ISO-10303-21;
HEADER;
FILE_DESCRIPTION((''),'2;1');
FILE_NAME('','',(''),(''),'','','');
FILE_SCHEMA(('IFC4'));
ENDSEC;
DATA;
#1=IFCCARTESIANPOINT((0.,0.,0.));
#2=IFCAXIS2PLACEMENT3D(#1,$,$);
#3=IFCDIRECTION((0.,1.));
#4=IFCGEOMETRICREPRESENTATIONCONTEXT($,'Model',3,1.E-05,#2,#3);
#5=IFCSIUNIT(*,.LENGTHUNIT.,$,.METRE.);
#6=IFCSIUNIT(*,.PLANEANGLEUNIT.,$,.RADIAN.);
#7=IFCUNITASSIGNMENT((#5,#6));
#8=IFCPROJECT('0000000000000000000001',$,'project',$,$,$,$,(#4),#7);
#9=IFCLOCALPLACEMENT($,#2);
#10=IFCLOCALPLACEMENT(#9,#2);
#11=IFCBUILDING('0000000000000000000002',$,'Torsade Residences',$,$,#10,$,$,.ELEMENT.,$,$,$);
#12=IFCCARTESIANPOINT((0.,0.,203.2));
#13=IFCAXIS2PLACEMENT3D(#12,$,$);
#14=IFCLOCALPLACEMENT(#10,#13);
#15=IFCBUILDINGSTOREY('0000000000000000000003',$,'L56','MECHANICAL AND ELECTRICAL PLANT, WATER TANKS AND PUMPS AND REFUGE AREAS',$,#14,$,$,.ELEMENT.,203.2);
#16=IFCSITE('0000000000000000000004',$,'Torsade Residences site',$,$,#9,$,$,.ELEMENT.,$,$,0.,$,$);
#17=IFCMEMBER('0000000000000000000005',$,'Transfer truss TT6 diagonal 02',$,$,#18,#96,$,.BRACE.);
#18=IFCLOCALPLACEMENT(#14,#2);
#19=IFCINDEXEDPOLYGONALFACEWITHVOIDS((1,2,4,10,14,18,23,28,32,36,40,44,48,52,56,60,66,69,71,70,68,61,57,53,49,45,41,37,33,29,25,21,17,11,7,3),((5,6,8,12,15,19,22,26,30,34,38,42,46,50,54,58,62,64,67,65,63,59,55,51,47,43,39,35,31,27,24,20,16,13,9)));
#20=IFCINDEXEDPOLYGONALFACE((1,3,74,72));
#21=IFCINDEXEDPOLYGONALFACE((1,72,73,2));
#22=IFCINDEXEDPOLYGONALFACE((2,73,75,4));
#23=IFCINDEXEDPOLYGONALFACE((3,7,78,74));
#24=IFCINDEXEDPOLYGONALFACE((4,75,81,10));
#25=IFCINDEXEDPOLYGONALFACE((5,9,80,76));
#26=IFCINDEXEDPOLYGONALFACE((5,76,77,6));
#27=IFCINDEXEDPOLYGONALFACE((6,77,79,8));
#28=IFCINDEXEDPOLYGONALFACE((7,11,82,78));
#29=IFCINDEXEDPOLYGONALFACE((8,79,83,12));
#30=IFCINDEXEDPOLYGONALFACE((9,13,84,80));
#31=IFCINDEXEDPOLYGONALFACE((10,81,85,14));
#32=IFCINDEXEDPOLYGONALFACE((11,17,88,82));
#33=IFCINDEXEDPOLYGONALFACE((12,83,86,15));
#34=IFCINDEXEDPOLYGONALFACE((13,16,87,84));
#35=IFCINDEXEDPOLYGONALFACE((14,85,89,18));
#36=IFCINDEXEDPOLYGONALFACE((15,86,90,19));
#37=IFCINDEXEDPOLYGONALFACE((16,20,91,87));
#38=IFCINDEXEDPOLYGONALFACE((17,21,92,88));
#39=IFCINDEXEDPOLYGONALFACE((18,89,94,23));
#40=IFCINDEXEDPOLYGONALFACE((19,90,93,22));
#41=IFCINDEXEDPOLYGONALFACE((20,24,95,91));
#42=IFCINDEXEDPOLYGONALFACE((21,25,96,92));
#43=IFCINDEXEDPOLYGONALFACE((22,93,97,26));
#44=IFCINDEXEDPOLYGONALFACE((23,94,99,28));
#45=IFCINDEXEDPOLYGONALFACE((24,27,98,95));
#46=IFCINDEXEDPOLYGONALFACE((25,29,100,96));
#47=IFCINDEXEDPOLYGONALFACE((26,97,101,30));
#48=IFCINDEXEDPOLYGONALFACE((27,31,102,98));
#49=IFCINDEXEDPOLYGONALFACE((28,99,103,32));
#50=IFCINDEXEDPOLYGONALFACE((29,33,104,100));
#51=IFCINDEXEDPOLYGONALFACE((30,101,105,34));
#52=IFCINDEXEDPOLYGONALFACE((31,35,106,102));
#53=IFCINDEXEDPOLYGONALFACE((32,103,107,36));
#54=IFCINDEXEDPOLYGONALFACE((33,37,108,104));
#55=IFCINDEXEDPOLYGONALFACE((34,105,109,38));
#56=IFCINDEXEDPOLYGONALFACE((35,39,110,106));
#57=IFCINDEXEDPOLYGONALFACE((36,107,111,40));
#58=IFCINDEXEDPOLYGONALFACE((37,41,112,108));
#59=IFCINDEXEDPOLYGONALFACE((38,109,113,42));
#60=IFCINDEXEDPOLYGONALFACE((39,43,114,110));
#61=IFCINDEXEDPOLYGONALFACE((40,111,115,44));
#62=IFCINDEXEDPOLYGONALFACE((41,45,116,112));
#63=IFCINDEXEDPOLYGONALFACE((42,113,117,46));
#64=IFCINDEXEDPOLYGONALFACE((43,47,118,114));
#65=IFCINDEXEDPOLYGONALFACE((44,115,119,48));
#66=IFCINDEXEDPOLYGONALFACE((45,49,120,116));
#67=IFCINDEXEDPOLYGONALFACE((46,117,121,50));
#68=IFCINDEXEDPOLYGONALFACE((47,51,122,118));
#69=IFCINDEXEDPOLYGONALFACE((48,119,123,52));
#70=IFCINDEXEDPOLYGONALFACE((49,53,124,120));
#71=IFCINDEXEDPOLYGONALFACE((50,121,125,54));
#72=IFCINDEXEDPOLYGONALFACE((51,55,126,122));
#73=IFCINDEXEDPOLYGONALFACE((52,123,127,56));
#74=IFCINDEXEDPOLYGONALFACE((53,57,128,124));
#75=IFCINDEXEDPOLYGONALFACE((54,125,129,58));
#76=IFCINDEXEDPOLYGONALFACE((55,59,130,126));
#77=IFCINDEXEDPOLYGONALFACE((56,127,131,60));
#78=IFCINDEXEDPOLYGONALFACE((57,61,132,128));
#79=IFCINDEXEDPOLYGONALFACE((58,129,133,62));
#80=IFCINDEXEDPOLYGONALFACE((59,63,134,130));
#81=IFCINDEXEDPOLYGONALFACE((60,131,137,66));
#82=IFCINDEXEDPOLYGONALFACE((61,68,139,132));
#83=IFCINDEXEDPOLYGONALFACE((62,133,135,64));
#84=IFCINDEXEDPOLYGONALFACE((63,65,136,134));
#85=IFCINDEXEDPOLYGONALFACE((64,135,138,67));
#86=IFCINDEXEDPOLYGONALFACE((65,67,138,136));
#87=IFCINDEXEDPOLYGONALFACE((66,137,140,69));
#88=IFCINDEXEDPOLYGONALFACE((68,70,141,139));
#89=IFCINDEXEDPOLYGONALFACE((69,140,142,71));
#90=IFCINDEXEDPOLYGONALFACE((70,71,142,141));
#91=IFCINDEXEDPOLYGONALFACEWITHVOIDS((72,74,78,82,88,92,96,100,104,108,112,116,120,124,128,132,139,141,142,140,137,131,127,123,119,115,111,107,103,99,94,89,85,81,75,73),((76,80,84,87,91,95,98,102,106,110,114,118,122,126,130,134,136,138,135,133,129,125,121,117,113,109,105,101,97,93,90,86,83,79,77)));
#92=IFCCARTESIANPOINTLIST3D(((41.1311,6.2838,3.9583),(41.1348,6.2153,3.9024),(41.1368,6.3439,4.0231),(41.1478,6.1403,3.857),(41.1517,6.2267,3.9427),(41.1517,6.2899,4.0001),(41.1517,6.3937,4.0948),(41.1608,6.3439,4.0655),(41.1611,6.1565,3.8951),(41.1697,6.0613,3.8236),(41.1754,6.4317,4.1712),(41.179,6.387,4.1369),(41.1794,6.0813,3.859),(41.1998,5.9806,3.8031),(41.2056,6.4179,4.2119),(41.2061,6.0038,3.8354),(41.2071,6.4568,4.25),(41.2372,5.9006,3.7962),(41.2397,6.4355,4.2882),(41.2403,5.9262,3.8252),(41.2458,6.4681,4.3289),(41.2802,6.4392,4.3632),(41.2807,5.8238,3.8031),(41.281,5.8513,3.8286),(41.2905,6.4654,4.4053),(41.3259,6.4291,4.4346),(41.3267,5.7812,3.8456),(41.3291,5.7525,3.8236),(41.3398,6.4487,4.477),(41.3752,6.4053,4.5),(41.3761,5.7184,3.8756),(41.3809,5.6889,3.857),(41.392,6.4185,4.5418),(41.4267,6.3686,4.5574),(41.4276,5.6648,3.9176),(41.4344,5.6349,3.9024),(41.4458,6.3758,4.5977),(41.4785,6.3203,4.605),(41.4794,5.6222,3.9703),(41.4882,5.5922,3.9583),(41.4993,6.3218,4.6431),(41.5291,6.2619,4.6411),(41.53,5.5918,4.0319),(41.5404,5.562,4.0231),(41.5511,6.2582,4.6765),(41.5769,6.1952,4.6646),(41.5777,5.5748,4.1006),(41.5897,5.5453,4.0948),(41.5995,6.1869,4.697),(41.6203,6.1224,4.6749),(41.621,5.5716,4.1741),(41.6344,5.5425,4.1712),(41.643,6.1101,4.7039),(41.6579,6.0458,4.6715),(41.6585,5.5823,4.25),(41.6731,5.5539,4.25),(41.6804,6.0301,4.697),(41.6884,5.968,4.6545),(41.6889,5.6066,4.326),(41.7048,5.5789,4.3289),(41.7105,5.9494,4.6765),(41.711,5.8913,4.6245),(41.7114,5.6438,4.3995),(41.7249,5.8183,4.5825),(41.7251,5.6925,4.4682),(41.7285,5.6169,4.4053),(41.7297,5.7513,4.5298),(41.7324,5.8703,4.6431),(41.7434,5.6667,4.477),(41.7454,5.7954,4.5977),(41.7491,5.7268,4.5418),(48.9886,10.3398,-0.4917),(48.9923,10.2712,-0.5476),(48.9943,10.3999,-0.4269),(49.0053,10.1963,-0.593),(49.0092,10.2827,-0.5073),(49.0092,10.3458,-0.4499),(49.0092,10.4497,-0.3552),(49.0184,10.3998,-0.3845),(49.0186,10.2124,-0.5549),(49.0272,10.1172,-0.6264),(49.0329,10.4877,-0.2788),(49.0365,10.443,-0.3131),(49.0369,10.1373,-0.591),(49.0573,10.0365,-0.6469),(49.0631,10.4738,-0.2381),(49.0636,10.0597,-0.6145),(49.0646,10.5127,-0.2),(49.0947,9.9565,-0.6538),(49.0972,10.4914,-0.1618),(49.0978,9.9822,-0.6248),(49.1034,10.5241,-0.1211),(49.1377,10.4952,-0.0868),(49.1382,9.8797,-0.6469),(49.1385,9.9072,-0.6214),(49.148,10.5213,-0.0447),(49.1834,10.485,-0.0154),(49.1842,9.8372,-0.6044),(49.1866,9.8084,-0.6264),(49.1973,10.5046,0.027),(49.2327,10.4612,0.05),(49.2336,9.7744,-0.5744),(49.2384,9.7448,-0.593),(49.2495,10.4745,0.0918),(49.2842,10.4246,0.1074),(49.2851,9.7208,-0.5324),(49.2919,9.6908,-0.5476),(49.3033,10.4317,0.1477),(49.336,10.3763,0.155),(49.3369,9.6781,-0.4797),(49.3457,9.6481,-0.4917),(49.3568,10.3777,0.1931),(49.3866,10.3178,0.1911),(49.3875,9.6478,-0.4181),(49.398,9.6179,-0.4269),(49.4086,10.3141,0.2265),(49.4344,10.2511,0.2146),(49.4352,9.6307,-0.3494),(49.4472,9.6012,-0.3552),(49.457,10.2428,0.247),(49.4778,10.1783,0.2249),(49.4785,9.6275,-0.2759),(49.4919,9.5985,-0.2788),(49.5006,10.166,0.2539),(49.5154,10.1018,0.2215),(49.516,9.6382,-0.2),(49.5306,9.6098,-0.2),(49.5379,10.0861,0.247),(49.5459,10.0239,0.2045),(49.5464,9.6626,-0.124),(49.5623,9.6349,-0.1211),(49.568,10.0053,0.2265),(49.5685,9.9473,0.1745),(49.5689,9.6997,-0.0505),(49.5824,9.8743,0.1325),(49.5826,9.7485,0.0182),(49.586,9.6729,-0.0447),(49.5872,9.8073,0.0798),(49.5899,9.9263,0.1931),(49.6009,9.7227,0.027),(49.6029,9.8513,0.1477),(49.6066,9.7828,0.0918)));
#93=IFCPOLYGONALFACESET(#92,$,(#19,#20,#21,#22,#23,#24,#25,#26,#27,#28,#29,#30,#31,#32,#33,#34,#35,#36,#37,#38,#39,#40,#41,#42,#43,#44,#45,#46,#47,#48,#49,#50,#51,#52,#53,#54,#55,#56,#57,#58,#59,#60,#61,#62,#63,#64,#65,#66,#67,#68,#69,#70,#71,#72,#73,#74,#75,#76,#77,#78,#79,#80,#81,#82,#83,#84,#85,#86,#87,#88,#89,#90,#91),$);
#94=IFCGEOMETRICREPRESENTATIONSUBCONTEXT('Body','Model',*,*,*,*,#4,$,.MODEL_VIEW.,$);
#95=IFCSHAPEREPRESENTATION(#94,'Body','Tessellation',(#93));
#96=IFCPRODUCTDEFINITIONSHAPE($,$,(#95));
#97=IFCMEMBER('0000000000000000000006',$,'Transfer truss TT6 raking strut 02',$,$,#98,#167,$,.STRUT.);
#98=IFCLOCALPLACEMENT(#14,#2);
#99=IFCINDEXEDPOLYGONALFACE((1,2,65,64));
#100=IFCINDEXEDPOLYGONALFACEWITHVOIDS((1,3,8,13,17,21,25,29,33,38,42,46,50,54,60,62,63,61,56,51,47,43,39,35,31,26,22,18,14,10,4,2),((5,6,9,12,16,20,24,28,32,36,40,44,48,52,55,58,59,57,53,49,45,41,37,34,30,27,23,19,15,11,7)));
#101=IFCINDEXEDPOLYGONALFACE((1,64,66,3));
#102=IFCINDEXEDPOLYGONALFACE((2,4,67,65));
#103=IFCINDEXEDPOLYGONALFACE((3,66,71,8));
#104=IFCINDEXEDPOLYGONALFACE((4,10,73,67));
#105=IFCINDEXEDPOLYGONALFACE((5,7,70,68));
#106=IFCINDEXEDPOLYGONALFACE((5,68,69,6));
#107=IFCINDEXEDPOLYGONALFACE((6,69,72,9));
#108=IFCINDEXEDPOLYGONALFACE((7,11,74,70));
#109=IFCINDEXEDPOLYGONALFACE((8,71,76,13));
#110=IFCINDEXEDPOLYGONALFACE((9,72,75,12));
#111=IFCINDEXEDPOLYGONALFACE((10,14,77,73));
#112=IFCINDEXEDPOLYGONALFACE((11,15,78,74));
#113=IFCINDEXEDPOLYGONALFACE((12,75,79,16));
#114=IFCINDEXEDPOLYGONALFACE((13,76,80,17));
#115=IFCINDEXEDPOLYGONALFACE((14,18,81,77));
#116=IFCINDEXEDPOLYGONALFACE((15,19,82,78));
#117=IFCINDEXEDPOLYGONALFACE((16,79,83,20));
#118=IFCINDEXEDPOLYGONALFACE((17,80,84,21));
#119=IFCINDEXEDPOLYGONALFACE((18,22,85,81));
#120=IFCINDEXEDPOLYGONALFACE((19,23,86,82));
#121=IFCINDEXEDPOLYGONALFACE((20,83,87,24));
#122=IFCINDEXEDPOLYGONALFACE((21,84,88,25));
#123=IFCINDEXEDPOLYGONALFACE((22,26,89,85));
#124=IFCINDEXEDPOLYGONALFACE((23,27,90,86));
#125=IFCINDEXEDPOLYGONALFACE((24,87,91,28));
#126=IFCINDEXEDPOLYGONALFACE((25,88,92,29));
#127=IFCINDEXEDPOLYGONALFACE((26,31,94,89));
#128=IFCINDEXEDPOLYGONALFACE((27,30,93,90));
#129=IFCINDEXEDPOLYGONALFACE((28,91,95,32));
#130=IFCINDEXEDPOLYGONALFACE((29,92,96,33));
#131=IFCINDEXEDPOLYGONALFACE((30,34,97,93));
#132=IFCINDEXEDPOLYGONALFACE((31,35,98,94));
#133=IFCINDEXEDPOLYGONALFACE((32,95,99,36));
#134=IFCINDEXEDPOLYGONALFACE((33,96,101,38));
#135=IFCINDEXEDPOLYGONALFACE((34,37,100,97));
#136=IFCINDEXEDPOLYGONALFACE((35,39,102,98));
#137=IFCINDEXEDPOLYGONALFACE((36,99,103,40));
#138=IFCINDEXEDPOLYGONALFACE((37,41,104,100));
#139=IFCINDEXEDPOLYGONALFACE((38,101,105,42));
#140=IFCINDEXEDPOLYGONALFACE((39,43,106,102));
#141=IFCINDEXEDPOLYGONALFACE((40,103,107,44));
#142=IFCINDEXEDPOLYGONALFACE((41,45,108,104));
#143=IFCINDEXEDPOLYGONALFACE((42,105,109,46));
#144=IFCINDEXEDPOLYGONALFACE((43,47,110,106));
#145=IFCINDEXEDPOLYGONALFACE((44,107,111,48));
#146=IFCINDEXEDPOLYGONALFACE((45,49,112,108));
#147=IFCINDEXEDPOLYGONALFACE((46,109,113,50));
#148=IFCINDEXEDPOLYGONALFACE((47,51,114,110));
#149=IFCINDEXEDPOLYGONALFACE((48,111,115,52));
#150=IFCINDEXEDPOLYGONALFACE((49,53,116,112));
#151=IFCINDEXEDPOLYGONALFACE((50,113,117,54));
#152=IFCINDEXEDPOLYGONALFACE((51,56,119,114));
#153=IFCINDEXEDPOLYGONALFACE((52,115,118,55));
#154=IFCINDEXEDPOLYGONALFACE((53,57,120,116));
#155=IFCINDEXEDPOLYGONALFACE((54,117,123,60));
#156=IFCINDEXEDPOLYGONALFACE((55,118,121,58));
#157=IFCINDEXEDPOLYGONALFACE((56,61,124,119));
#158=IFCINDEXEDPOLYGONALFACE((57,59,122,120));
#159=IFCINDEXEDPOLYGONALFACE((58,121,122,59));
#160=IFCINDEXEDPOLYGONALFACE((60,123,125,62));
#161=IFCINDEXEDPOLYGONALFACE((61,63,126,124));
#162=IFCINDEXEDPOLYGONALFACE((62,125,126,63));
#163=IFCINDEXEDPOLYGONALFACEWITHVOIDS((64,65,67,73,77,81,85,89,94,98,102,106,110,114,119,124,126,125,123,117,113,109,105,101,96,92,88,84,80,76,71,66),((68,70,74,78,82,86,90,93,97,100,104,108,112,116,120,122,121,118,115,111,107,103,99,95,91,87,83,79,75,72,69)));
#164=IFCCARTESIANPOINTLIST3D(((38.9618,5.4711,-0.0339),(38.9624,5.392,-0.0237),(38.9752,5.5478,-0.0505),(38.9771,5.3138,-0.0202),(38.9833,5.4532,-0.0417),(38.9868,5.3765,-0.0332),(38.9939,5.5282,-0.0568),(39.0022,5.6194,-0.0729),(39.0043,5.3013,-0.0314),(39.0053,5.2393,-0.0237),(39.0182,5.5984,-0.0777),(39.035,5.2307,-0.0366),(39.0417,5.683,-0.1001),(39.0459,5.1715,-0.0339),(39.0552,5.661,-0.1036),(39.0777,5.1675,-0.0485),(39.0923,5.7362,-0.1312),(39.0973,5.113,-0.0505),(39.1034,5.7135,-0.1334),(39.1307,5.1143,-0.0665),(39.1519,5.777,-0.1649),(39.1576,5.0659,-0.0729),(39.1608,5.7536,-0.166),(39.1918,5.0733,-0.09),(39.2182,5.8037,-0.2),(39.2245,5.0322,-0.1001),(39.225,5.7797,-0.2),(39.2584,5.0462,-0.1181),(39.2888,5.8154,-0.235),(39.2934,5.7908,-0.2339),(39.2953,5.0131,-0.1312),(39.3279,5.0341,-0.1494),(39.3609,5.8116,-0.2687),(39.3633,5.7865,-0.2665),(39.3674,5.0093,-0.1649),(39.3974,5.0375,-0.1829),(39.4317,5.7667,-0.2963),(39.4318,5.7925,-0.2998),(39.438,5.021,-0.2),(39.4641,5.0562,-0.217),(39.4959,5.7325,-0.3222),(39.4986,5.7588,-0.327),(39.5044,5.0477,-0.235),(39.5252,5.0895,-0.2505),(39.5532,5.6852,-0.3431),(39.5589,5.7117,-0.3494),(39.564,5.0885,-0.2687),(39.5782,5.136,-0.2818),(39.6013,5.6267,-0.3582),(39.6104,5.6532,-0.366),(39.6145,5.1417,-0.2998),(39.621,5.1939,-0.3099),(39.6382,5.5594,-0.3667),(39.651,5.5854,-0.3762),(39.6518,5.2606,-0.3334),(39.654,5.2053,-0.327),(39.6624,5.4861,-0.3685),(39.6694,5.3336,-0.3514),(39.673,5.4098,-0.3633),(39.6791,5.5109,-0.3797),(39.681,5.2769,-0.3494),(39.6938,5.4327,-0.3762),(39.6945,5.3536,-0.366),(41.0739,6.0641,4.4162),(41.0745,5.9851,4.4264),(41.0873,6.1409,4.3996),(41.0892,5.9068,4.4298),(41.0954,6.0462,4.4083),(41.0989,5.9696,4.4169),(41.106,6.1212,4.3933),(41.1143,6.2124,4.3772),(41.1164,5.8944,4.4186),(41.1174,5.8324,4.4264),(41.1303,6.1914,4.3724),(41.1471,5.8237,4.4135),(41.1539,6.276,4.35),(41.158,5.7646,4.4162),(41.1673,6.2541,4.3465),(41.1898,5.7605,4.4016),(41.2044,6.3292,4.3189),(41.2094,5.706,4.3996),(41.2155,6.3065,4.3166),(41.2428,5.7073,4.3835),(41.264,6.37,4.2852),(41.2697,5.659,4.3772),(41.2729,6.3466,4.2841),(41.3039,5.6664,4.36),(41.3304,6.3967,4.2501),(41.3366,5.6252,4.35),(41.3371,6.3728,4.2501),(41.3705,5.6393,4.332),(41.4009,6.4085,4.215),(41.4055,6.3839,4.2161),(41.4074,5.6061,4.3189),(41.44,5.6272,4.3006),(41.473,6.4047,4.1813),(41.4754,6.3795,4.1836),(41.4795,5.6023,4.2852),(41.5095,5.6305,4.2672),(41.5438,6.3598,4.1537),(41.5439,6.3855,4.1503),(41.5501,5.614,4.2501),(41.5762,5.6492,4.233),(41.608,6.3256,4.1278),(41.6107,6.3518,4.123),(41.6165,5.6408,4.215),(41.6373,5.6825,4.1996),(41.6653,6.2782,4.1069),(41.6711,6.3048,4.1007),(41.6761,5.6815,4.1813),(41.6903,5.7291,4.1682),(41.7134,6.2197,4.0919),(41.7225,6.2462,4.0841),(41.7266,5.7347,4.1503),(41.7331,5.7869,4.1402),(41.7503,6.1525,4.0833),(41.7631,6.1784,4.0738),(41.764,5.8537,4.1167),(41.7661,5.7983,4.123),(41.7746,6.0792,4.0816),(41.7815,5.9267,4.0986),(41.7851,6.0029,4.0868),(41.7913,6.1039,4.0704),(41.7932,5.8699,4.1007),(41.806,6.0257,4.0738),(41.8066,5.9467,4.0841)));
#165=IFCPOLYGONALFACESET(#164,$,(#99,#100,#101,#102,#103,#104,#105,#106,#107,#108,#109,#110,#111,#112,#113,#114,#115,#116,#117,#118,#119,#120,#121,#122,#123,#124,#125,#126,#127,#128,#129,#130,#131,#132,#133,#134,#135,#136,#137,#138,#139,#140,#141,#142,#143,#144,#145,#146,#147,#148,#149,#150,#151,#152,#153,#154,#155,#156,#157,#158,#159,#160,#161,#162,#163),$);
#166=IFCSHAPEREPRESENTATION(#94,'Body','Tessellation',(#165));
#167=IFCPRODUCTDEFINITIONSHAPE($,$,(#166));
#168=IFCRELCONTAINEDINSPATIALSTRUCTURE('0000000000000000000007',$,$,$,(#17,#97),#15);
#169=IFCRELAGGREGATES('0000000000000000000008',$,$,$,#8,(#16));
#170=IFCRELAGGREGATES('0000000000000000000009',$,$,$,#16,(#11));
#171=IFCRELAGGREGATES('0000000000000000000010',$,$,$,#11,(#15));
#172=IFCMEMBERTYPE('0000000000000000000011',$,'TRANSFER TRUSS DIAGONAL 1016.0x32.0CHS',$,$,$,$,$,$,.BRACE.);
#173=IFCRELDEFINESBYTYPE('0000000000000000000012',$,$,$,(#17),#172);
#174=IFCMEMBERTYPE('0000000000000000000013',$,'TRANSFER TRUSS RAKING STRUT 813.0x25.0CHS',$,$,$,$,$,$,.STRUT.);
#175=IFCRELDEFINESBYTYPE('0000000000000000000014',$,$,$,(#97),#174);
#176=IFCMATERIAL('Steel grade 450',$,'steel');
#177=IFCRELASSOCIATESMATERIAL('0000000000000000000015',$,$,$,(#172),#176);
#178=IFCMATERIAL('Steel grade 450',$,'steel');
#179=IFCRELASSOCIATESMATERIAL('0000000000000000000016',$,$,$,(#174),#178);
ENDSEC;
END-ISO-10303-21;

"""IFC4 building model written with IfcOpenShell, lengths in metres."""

from ifc_helpers import new_model, si_unit, direction, frame, origin, origin_2d, place, context, subcontext, project, spatial, hollow_circle, extrude, material, material_profile, profile_set, type_object, element, save


model = new_model("IFC4")

# Units and contexts
model_context = context("Model", 3, precision=1e-05, world=origin(), true_north=direction((0.0, 1.0)))
body_context = subcontext(model_context, "Body", "Model", "MODEL_VIEW")
ifc_project = project(units=[si_unit("LENGTHUNIT", "METRE"), si_unit("PLANEANGLEUNIT", "RADIAN")], contexts=[model_context])

# Site, building, storey
site_placement = place(None, origin())
site = spatial("IfcSite", under=ifc_project, at=site_placement, Name="Torsade Residences site", CompositionType="ELEMENT", RefElevation=0.0)
building_placement = place(site_placement, origin())
building = spatial("IfcBuilding", under=site, at=building_placement, Name="Torsade Residences", CompositionType="ELEMENT")
storey_placement = place(building_placement, frame((0.0, 0.0, 203.2)))
storey = spatial("IfcBuildingStorey", under=building, at=storey_placement, Name="L56", Description="MECHANICAL AND ELECTRICAL PLANT, WATER TANKS AND PUMPS AND REFUGE AREAS", CompositionType="ELEMENT", Elevation=203.2)

# Members
ifc_material_1 = material(Name="Steel grade 450", Category="steel")
ifc_material_profile_1 = material_profile(ifc_material_1, hollow_circle(Radius=0.5081, WallThickness=0.032, at=origin_2d()), Name="1016.0x32.0CHS")
ifc_profile_set_1 = profile_set([ifc_material_profile_1], Name="Steel grade 450")
member_type_1 = type_object("IfcMemberType", Name="TRANSFER TRUSS DIAGONAL 1016.0x32.0CHS", PredefinedType="BRACE", material=ifc_profile_set_1)
member_1_placement = place(storey_placement, frame((49.2976, 10.0613, -0.2), z_axis=(-0.793754, -0.409726, 0.449532), x_axis=(0.458684, -0.888599, 0.0)))
element("IfcMember", 1, at=member_1_placement, inside=storey, type_object=member_type_1, Name="Transfer truss TT6 diagonal 02", PredefinedType="BRACE", context=body_context, shape_type="SweptSolid", body=[
    extrude(hollow_circle(Radius=0.5081, WallThickness=0.032, at=origin_2d()), origin(), (0.0, 0.0, 1.0), 9.8992),
])
ifc_material_2 = material(Name="Steel grade 450", Category="steel")
ifc_material_profile_2 = material_profile(ifc_material_2, hollow_circle(Radius=0.4065, WallThickness=0.0249, at=origin_2d()), Name="813.0x25.0CHS")
ifc_profile_set_2 = profile_set([ifc_material_profile_2], Name="Steel grade 450")
member_type_2 = type_object("IfcMemberType", Name="TRANSFER TRUSS RAKING STRUT 813.0x25.0CHS", PredefinedType="STRUT", material=ifc_profile_set_2)
member_2_placement = place(storey_placement, frame((39.3281, 5.4124, -0.2), z_axis=(0.425707, 0.119529, 0.896932), x_axis=(-0.270323, 0.96277, 0.0)))
element("IfcMember", 2, at=member_2_placement, inside=storey, type_object=member_type_2, Name="Transfer truss TT6 raking strut 02", PredefinedType="STRUT", context=body_context, shape_type="SweptSolid", body=[
    extrude(hollow_circle(Radius=0.4065, WallThickness=0.0249, at=origin_2d()), origin(), (0.0, 0.0, 1.0), 4.9614),
])

save(model, "model.ifc")
